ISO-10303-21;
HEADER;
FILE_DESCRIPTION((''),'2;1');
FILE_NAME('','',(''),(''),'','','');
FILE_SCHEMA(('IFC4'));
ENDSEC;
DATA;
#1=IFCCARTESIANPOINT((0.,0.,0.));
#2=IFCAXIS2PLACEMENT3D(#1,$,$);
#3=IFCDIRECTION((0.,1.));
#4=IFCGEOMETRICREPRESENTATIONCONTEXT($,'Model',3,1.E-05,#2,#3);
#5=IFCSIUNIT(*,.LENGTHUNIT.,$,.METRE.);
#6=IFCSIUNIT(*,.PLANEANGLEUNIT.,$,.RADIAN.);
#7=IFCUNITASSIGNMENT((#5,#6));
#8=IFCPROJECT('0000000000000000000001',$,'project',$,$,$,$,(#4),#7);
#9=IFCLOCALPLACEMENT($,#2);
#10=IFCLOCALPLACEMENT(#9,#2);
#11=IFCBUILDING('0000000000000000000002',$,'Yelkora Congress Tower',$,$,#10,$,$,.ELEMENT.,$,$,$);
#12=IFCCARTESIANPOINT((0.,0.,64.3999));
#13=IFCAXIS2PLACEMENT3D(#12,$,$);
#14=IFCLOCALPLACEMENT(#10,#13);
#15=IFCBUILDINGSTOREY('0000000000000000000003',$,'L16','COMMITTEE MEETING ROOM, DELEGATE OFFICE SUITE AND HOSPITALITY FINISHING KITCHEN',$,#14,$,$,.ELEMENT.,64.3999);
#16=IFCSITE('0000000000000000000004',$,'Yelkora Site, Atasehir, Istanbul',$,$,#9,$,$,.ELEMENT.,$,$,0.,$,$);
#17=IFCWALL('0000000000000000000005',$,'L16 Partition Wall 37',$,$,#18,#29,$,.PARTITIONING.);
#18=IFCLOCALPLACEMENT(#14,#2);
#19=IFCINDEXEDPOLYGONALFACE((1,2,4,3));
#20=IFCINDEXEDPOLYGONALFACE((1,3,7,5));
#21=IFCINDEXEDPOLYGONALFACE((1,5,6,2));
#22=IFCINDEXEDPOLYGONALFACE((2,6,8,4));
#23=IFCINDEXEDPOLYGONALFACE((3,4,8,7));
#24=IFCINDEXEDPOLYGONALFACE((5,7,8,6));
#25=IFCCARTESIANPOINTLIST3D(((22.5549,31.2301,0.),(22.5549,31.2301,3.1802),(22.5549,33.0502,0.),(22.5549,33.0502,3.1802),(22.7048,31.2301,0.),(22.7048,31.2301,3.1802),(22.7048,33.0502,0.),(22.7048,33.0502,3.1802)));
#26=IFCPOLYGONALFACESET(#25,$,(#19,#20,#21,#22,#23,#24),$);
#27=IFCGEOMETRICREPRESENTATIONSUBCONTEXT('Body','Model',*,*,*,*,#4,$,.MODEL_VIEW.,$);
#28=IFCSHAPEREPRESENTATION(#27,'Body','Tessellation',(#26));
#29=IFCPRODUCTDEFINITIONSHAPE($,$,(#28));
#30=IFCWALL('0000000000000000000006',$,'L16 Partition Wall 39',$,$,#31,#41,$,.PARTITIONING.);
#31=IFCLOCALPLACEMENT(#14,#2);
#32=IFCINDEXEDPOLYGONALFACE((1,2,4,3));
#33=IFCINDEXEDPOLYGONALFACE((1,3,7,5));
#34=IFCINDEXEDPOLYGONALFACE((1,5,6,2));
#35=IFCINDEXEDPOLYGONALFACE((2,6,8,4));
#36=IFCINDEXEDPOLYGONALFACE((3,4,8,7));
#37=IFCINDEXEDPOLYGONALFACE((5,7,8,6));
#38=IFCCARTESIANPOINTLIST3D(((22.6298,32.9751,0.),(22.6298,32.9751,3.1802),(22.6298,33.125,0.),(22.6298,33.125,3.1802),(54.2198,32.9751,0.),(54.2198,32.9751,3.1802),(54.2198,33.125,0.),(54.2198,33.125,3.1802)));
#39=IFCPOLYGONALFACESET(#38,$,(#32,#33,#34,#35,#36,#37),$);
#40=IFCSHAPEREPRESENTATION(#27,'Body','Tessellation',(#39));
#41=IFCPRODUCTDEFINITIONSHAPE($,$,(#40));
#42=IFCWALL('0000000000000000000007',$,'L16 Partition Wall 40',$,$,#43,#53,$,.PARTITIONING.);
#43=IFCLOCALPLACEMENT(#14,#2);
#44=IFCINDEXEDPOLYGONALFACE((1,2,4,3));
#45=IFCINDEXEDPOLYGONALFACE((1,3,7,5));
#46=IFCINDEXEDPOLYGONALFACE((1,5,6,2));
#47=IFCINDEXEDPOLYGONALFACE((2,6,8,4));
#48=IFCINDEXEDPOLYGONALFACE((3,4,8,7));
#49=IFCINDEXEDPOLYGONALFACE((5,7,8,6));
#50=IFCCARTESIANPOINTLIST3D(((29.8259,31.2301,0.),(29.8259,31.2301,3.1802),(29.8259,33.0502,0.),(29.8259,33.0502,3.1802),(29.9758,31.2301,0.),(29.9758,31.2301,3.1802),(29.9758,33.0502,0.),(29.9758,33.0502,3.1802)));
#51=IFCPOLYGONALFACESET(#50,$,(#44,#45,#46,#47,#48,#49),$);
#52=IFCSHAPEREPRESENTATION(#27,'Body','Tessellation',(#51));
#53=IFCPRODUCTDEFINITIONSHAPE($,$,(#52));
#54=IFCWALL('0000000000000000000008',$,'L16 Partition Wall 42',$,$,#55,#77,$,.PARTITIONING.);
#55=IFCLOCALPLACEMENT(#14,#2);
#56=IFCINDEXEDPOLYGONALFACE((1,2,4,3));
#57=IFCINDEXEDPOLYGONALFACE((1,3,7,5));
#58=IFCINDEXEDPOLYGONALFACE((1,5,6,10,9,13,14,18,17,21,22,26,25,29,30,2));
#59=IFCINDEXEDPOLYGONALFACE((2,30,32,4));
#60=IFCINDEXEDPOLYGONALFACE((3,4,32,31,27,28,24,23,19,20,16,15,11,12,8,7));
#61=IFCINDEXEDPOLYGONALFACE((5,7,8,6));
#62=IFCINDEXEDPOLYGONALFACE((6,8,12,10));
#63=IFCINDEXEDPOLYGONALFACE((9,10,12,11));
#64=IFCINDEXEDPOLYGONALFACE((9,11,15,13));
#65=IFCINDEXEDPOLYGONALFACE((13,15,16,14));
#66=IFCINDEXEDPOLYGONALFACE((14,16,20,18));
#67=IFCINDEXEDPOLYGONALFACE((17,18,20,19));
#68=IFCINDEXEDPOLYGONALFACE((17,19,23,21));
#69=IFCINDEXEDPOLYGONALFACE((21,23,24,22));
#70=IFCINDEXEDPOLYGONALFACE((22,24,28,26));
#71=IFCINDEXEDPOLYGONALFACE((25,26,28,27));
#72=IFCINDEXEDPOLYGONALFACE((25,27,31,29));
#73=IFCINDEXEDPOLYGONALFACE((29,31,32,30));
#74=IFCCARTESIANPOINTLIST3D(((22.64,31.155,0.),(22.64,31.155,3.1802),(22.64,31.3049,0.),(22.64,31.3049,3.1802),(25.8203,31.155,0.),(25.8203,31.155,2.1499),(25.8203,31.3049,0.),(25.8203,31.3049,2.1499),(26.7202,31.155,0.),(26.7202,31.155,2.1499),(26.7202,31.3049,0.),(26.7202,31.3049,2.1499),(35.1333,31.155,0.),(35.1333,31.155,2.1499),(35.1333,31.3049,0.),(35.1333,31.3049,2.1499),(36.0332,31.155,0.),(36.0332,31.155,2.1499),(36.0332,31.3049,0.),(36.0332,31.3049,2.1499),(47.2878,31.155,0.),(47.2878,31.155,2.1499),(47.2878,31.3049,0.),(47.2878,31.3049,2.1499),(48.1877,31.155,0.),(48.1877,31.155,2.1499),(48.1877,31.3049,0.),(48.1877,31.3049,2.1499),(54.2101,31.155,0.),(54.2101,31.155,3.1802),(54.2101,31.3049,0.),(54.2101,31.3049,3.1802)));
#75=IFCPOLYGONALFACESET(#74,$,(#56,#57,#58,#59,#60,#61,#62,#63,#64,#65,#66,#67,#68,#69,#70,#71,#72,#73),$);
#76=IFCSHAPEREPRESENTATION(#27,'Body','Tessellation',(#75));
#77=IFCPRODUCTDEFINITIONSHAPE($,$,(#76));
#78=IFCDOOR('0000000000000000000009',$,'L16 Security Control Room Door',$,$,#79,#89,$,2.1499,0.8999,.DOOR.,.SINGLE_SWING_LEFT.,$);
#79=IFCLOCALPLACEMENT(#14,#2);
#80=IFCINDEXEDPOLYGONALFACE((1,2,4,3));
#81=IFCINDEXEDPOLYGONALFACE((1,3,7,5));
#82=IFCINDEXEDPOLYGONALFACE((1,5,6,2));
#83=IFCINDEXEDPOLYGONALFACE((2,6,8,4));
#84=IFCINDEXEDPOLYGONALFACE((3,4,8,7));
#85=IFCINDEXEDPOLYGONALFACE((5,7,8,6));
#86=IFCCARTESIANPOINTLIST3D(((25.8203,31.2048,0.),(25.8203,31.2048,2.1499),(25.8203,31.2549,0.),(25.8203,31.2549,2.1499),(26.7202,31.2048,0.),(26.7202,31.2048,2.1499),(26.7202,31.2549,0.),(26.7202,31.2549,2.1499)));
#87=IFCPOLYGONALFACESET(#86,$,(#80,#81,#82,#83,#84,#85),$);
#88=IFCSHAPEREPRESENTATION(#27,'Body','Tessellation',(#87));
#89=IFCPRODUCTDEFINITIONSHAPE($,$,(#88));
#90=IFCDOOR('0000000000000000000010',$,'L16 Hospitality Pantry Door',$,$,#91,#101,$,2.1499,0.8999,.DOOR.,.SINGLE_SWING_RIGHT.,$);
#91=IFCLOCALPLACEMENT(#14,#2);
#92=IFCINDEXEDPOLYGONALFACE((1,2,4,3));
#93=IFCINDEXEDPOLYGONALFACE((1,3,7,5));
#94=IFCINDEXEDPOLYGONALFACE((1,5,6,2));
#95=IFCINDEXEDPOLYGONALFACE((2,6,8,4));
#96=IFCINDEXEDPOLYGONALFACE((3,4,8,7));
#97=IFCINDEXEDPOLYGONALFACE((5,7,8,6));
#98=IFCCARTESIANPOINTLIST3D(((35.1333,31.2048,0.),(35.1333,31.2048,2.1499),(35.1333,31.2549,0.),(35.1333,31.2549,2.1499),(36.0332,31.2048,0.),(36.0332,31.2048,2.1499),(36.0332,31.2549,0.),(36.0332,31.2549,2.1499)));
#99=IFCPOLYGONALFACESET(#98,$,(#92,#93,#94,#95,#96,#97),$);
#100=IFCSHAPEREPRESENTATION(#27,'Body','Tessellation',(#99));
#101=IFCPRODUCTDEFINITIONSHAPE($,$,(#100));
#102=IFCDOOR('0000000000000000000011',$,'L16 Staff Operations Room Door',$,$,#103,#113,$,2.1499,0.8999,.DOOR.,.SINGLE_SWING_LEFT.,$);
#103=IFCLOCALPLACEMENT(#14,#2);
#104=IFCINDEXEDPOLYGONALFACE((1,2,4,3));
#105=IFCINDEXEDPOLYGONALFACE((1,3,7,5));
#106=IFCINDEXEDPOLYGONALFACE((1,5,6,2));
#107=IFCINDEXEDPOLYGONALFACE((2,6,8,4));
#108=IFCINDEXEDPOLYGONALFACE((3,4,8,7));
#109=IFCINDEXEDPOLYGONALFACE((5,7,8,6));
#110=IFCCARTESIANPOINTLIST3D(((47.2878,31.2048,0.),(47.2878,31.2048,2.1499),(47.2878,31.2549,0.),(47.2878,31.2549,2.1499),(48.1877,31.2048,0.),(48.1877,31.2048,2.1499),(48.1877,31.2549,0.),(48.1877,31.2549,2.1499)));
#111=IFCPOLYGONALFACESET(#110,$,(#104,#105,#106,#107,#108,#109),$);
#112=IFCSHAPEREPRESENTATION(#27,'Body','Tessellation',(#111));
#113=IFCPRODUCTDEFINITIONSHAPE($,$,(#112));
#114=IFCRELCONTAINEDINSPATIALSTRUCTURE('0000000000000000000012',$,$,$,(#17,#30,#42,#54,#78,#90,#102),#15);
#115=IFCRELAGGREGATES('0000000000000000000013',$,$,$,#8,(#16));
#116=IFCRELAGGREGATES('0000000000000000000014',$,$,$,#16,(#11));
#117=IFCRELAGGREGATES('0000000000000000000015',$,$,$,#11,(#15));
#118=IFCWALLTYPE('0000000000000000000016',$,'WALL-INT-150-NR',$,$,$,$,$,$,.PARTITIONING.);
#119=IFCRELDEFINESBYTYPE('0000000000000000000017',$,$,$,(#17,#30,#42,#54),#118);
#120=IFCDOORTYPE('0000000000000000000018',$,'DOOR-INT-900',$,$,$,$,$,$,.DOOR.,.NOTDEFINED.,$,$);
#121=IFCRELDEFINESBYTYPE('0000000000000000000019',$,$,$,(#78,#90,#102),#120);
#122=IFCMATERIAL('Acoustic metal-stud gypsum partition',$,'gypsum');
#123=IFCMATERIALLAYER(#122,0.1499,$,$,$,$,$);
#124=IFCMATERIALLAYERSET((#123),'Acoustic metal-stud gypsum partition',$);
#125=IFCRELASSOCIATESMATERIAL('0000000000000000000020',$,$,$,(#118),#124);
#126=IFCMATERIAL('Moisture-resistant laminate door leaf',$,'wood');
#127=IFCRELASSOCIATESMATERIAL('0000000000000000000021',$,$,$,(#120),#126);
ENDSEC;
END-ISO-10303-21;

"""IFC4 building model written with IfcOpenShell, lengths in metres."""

from ifc_helpers import new_model, si_unit, direction, frame, frame_2d, origin, place, context, subcontext, project, spatial, rectangle, extrude, material, layer, layer_set, type_object, element, fill, save


model = new_model("IFC4")

# Units and contexts
model_context = context("Model", 3, precision=1e-05, world=origin(), true_north=direction((0.0, 1.0)))
body_context = subcontext(model_context, "Body", "Model", "MODEL_VIEW")
ifc_project = project(units=[si_unit("LENGTHUNIT", "METRE"), si_unit("PLANEANGLEUNIT", "RADIAN")], contexts=[model_context])

# Site, building, storey
site_placement = place(None, origin())
site = spatial("IfcSite", under=ifc_project, at=site_placement, Name="Yelkora Site, Atasehir, Istanbul", CompositionType="ELEMENT", RefElevation=0.0)
building_placement = place(site_placement, origin())
building = spatial("IfcBuilding", under=site, at=building_placement, Name="Yelkora Congress Tower", CompositionType="ELEMENT")
storey_placement = place(building_placement, frame((0.0, 0.0, 64.3999)))
storey = spatial("IfcBuildingStorey", under=building, at=storey_placement, Name="L16", Description="COMMITTEE MEETING ROOM, DELEGATE OFFICE SUITE AND HOSPITALITY FINISHING KITCHEN", CompositionType="ELEMENT", Elevation=64.3999)

# Shared definitions
ifc_material_1 = material(Name="Acoustic metal-stud gypsum partition", Category="gypsum")
ifc_layer_1 = layer(ifc_material_1, 0.1499)
ifc_layer_set_1 = layer_set([ifc_layer_1], Name="Acoustic metal-stud gypsum partition")
wall_type_1 = type_object("IfcWallType", Name="WALL-INT-150-NR", PredefinedType="PARTITIONING", material=ifc_layer_set_1)
ifc_material_2 = material(Name="Moisture-resistant laminate door leaf", Category="wood")
door_type = type_object("IfcDoorType", Name="DOOR-INT-900", OperationType="NOTDEFINED", PredefinedType="DOOR", material=ifc_material_2)

# Walls
wall_1_placement = place(storey_placement, frame((22.6299, 31.23, 0.0), z_axis=(0.0, 0.0, 1.0), x_axis=(0.0, 1.0, 0.0)))
element("IfcWall", 1, at=wall_1_placement, inside=storey, type_object=wall_type_1, Name="L16 Partition Wall 37", PredefinedType="PARTITIONING", context=body_context, shape_type="SweptSolid", body=[
    extrude(rectangle(XDim=1.8201, YDim=0.1499, at=frame_2d((0.9102, 0.0))), origin(), (0.0, 0.0, 1.0), 3.1802),
])
wall_2_placement = place(storey_placement, frame((22.6299, 33.05, 0.0), z_axis=(0.0, 0.0, 1.0), x_axis=(1.0, 0.0, 0.0)))
element("IfcWall", 2, at=wall_2_placement, inside=storey, type_object=wall_type_1, Name="L16 Partition Wall 39", PredefinedType="PARTITIONING", context=body_context, shape_type="SweptSolid", body=[
    extrude(rectangle(XDim=31.5901, YDim=0.1499, at=frame_2d((15.7949, 0.0))), origin(), (0.0, 0.0, 1.0), 3.1802),
])
wall_3_placement = place(storey_placement, frame((29.9009, 31.23, 0.0), z_axis=(0.0, 0.0, 1.0), x_axis=(0.0, 1.0, 0.0)))
element("IfcWall", 3, at=wall_3_placement, inside=storey, type_object=wall_type_1, Name="L16 Partition Wall 40", PredefinedType="PARTITIONING", context=body_context, shape_type="SweptSolid", body=[
    extrude(rectangle(XDim=1.8201, YDim=0.1499, at=frame_2d((0.9102, 0.0))), origin(), (0.0, 0.0, 1.0), 3.1802),
])

# Wall, openings, doors
wall_4_placement = place(storey_placement, frame((22.6399, 31.23, 0.0), z_axis=(0.0, 0.0, 1.0), x_axis=(1.0, 0.0, 0.0)))
wall_4 = element("IfcWall", 4, at=wall_4_placement, inside=storey, type_object=wall_type_1, Name="L16 Partition Wall 42", PredefinedType="PARTITIONING", context=body_context, shape_type="SweptSolid", body=[
    extrude(rectangle(XDim=31.5701, YDim=0.1499, at=frame_2d((15.7852, 0.0))), origin(), (0.0, 0.0, 1.0), 3.1802),
])
opening_1_placement = place(wall_4_placement, frame((3.1804, 0.0, 0.0)))
opening_1 = element("IfcOpeningElement", 5, at=opening_1_placement, cuts=wall_4, PredefinedType="OPENING", context=body_context, shape_type="SweptSolid", body=[
    extrude(rectangle(XDim=0.8999, YDim=2.1499, at=frame_2d((0.45, 1.075))), frame((0.0, 0.085, 0.0), z_axis=(0.0, -1.0, 0.0), x_axis=(1.0, 0.0, 0.0)), (0.0, 0.0, 1.0), 0.1699),
])
opening_2_placement = place(wall_4_placement, frame((12.4934, 0.0, 0.0)))
opening_2 = element("IfcOpeningElement", 6, at=opening_2_placement, cuts=wall_4, PredefinedType="OPENING", context=body_context, shape_type="SweptSolid", body=[
    extrude(rectangle(XDim=0.8999, YDim=2.1499, at=frame_2d((0.45, 1.075))), frame((0.0, 0.085, 0.0), z_axis=(0.0, -1.0, 0.0), x_axis=(1.0, 0.0, 0.0)), (0.0, 0.0, 1.0), 0.1699),
])
opening_3_placement = place(wall_4_placement, frame((24.6479, 0.0, 0.0)))
opening_3 = element("IfcOpeningElement", 7, at=opening_3_placement, cuts=wall_4, PredefinedType="OPENING", context=body_context, shape_type="SweptSolid", body=[
    extrude(rectangle(XDim=0.8999, YDim=2.1499, at=frame_2d((0.45, 1.075))), frame((0.0, 0.085, 0.0), z_axis=(0.0, -1.0, 0.0), x_axis=(1.0, 0.0, 0.0)), (0.0, 0.0, 1.0), 0.1699),
])
door_1_placement = place(opening_1_placement, origin())
door_1 = element("IfcDoor", 8, at=door_1_placement, inside=storey, type_object=door_type, Name="L16 Security Control Room Door", OperationType="SINGLE_SWING_LEFT", OverallHeight=2.1499, OverallWidth=0.8999, PredefinedType="DOOR", context=body_context, shape_type="SweptSolid", body=[
    extrude(rectangle(XDim=0.8999, YDim=2.1499, at=frame_2d((0.45, 1.075))), frame((0.0, 0.0249, 0.0), z_axis=(0.0, -1.0, 0.0), x_axis=(1.0, 0.0, 0.0)), (0.0, 0.0, 1.0), 0.05),
])
fill(opening_1, door_1)
door_2_placement = place(opening_2_placement, origin())
door_2 = element("IfcDoor", 9, at=door_2_placement, inside=storey, type_object=door_type, Name="L16 Hospitality Pantry Door", OperationType="SINGLE_SWING_RIGHT", OverallHeight=2.1499, OverallWidth=0.8999, PredefinedType="DOOR", context=body_context, shape_type="SweptSolid", body=[
    extrude(rectangle(XDim=0.8999, YDim=2.1499, at=frame_2d((0.45, 1.075))), frame((0.0, 0.0249, 0.0), z_axis=(0.0, -1.0, 0.0), x_axis=(1.0, 0.0, 0.0)), (0.0, 0.0, 1.0), 0.05),
])
fill(opening_2, door_2)
door_3_placement = place(opening_3_placement, origin())
door_3 = element("IfcDoor", 10, at=door_3_placement, inside=storey, type_object=door_type, Name="L16 Staff Operations Room Door", OperationType="SINGLE_SWING_LEFT", OverallHeight=2.1499, OverallWidth=0.8999, PredefinedType="DOOR", context=body_context, shape_type="SweptSolid", body=[
    extrude(rectangle(XDim=0.8999, YDim=2.1499, at=frame_2d((0.45, 1.075))), frame((0.0, 0.0249, 0.0), z_axis=(0.0, -1.0, 0.0), x_axis=(1.0, 0.0, 0.0)), (0.0, 0.0, 1.0), 0.05),
])
fill(opening_3, door_3)

save(model, "model.ifc")
